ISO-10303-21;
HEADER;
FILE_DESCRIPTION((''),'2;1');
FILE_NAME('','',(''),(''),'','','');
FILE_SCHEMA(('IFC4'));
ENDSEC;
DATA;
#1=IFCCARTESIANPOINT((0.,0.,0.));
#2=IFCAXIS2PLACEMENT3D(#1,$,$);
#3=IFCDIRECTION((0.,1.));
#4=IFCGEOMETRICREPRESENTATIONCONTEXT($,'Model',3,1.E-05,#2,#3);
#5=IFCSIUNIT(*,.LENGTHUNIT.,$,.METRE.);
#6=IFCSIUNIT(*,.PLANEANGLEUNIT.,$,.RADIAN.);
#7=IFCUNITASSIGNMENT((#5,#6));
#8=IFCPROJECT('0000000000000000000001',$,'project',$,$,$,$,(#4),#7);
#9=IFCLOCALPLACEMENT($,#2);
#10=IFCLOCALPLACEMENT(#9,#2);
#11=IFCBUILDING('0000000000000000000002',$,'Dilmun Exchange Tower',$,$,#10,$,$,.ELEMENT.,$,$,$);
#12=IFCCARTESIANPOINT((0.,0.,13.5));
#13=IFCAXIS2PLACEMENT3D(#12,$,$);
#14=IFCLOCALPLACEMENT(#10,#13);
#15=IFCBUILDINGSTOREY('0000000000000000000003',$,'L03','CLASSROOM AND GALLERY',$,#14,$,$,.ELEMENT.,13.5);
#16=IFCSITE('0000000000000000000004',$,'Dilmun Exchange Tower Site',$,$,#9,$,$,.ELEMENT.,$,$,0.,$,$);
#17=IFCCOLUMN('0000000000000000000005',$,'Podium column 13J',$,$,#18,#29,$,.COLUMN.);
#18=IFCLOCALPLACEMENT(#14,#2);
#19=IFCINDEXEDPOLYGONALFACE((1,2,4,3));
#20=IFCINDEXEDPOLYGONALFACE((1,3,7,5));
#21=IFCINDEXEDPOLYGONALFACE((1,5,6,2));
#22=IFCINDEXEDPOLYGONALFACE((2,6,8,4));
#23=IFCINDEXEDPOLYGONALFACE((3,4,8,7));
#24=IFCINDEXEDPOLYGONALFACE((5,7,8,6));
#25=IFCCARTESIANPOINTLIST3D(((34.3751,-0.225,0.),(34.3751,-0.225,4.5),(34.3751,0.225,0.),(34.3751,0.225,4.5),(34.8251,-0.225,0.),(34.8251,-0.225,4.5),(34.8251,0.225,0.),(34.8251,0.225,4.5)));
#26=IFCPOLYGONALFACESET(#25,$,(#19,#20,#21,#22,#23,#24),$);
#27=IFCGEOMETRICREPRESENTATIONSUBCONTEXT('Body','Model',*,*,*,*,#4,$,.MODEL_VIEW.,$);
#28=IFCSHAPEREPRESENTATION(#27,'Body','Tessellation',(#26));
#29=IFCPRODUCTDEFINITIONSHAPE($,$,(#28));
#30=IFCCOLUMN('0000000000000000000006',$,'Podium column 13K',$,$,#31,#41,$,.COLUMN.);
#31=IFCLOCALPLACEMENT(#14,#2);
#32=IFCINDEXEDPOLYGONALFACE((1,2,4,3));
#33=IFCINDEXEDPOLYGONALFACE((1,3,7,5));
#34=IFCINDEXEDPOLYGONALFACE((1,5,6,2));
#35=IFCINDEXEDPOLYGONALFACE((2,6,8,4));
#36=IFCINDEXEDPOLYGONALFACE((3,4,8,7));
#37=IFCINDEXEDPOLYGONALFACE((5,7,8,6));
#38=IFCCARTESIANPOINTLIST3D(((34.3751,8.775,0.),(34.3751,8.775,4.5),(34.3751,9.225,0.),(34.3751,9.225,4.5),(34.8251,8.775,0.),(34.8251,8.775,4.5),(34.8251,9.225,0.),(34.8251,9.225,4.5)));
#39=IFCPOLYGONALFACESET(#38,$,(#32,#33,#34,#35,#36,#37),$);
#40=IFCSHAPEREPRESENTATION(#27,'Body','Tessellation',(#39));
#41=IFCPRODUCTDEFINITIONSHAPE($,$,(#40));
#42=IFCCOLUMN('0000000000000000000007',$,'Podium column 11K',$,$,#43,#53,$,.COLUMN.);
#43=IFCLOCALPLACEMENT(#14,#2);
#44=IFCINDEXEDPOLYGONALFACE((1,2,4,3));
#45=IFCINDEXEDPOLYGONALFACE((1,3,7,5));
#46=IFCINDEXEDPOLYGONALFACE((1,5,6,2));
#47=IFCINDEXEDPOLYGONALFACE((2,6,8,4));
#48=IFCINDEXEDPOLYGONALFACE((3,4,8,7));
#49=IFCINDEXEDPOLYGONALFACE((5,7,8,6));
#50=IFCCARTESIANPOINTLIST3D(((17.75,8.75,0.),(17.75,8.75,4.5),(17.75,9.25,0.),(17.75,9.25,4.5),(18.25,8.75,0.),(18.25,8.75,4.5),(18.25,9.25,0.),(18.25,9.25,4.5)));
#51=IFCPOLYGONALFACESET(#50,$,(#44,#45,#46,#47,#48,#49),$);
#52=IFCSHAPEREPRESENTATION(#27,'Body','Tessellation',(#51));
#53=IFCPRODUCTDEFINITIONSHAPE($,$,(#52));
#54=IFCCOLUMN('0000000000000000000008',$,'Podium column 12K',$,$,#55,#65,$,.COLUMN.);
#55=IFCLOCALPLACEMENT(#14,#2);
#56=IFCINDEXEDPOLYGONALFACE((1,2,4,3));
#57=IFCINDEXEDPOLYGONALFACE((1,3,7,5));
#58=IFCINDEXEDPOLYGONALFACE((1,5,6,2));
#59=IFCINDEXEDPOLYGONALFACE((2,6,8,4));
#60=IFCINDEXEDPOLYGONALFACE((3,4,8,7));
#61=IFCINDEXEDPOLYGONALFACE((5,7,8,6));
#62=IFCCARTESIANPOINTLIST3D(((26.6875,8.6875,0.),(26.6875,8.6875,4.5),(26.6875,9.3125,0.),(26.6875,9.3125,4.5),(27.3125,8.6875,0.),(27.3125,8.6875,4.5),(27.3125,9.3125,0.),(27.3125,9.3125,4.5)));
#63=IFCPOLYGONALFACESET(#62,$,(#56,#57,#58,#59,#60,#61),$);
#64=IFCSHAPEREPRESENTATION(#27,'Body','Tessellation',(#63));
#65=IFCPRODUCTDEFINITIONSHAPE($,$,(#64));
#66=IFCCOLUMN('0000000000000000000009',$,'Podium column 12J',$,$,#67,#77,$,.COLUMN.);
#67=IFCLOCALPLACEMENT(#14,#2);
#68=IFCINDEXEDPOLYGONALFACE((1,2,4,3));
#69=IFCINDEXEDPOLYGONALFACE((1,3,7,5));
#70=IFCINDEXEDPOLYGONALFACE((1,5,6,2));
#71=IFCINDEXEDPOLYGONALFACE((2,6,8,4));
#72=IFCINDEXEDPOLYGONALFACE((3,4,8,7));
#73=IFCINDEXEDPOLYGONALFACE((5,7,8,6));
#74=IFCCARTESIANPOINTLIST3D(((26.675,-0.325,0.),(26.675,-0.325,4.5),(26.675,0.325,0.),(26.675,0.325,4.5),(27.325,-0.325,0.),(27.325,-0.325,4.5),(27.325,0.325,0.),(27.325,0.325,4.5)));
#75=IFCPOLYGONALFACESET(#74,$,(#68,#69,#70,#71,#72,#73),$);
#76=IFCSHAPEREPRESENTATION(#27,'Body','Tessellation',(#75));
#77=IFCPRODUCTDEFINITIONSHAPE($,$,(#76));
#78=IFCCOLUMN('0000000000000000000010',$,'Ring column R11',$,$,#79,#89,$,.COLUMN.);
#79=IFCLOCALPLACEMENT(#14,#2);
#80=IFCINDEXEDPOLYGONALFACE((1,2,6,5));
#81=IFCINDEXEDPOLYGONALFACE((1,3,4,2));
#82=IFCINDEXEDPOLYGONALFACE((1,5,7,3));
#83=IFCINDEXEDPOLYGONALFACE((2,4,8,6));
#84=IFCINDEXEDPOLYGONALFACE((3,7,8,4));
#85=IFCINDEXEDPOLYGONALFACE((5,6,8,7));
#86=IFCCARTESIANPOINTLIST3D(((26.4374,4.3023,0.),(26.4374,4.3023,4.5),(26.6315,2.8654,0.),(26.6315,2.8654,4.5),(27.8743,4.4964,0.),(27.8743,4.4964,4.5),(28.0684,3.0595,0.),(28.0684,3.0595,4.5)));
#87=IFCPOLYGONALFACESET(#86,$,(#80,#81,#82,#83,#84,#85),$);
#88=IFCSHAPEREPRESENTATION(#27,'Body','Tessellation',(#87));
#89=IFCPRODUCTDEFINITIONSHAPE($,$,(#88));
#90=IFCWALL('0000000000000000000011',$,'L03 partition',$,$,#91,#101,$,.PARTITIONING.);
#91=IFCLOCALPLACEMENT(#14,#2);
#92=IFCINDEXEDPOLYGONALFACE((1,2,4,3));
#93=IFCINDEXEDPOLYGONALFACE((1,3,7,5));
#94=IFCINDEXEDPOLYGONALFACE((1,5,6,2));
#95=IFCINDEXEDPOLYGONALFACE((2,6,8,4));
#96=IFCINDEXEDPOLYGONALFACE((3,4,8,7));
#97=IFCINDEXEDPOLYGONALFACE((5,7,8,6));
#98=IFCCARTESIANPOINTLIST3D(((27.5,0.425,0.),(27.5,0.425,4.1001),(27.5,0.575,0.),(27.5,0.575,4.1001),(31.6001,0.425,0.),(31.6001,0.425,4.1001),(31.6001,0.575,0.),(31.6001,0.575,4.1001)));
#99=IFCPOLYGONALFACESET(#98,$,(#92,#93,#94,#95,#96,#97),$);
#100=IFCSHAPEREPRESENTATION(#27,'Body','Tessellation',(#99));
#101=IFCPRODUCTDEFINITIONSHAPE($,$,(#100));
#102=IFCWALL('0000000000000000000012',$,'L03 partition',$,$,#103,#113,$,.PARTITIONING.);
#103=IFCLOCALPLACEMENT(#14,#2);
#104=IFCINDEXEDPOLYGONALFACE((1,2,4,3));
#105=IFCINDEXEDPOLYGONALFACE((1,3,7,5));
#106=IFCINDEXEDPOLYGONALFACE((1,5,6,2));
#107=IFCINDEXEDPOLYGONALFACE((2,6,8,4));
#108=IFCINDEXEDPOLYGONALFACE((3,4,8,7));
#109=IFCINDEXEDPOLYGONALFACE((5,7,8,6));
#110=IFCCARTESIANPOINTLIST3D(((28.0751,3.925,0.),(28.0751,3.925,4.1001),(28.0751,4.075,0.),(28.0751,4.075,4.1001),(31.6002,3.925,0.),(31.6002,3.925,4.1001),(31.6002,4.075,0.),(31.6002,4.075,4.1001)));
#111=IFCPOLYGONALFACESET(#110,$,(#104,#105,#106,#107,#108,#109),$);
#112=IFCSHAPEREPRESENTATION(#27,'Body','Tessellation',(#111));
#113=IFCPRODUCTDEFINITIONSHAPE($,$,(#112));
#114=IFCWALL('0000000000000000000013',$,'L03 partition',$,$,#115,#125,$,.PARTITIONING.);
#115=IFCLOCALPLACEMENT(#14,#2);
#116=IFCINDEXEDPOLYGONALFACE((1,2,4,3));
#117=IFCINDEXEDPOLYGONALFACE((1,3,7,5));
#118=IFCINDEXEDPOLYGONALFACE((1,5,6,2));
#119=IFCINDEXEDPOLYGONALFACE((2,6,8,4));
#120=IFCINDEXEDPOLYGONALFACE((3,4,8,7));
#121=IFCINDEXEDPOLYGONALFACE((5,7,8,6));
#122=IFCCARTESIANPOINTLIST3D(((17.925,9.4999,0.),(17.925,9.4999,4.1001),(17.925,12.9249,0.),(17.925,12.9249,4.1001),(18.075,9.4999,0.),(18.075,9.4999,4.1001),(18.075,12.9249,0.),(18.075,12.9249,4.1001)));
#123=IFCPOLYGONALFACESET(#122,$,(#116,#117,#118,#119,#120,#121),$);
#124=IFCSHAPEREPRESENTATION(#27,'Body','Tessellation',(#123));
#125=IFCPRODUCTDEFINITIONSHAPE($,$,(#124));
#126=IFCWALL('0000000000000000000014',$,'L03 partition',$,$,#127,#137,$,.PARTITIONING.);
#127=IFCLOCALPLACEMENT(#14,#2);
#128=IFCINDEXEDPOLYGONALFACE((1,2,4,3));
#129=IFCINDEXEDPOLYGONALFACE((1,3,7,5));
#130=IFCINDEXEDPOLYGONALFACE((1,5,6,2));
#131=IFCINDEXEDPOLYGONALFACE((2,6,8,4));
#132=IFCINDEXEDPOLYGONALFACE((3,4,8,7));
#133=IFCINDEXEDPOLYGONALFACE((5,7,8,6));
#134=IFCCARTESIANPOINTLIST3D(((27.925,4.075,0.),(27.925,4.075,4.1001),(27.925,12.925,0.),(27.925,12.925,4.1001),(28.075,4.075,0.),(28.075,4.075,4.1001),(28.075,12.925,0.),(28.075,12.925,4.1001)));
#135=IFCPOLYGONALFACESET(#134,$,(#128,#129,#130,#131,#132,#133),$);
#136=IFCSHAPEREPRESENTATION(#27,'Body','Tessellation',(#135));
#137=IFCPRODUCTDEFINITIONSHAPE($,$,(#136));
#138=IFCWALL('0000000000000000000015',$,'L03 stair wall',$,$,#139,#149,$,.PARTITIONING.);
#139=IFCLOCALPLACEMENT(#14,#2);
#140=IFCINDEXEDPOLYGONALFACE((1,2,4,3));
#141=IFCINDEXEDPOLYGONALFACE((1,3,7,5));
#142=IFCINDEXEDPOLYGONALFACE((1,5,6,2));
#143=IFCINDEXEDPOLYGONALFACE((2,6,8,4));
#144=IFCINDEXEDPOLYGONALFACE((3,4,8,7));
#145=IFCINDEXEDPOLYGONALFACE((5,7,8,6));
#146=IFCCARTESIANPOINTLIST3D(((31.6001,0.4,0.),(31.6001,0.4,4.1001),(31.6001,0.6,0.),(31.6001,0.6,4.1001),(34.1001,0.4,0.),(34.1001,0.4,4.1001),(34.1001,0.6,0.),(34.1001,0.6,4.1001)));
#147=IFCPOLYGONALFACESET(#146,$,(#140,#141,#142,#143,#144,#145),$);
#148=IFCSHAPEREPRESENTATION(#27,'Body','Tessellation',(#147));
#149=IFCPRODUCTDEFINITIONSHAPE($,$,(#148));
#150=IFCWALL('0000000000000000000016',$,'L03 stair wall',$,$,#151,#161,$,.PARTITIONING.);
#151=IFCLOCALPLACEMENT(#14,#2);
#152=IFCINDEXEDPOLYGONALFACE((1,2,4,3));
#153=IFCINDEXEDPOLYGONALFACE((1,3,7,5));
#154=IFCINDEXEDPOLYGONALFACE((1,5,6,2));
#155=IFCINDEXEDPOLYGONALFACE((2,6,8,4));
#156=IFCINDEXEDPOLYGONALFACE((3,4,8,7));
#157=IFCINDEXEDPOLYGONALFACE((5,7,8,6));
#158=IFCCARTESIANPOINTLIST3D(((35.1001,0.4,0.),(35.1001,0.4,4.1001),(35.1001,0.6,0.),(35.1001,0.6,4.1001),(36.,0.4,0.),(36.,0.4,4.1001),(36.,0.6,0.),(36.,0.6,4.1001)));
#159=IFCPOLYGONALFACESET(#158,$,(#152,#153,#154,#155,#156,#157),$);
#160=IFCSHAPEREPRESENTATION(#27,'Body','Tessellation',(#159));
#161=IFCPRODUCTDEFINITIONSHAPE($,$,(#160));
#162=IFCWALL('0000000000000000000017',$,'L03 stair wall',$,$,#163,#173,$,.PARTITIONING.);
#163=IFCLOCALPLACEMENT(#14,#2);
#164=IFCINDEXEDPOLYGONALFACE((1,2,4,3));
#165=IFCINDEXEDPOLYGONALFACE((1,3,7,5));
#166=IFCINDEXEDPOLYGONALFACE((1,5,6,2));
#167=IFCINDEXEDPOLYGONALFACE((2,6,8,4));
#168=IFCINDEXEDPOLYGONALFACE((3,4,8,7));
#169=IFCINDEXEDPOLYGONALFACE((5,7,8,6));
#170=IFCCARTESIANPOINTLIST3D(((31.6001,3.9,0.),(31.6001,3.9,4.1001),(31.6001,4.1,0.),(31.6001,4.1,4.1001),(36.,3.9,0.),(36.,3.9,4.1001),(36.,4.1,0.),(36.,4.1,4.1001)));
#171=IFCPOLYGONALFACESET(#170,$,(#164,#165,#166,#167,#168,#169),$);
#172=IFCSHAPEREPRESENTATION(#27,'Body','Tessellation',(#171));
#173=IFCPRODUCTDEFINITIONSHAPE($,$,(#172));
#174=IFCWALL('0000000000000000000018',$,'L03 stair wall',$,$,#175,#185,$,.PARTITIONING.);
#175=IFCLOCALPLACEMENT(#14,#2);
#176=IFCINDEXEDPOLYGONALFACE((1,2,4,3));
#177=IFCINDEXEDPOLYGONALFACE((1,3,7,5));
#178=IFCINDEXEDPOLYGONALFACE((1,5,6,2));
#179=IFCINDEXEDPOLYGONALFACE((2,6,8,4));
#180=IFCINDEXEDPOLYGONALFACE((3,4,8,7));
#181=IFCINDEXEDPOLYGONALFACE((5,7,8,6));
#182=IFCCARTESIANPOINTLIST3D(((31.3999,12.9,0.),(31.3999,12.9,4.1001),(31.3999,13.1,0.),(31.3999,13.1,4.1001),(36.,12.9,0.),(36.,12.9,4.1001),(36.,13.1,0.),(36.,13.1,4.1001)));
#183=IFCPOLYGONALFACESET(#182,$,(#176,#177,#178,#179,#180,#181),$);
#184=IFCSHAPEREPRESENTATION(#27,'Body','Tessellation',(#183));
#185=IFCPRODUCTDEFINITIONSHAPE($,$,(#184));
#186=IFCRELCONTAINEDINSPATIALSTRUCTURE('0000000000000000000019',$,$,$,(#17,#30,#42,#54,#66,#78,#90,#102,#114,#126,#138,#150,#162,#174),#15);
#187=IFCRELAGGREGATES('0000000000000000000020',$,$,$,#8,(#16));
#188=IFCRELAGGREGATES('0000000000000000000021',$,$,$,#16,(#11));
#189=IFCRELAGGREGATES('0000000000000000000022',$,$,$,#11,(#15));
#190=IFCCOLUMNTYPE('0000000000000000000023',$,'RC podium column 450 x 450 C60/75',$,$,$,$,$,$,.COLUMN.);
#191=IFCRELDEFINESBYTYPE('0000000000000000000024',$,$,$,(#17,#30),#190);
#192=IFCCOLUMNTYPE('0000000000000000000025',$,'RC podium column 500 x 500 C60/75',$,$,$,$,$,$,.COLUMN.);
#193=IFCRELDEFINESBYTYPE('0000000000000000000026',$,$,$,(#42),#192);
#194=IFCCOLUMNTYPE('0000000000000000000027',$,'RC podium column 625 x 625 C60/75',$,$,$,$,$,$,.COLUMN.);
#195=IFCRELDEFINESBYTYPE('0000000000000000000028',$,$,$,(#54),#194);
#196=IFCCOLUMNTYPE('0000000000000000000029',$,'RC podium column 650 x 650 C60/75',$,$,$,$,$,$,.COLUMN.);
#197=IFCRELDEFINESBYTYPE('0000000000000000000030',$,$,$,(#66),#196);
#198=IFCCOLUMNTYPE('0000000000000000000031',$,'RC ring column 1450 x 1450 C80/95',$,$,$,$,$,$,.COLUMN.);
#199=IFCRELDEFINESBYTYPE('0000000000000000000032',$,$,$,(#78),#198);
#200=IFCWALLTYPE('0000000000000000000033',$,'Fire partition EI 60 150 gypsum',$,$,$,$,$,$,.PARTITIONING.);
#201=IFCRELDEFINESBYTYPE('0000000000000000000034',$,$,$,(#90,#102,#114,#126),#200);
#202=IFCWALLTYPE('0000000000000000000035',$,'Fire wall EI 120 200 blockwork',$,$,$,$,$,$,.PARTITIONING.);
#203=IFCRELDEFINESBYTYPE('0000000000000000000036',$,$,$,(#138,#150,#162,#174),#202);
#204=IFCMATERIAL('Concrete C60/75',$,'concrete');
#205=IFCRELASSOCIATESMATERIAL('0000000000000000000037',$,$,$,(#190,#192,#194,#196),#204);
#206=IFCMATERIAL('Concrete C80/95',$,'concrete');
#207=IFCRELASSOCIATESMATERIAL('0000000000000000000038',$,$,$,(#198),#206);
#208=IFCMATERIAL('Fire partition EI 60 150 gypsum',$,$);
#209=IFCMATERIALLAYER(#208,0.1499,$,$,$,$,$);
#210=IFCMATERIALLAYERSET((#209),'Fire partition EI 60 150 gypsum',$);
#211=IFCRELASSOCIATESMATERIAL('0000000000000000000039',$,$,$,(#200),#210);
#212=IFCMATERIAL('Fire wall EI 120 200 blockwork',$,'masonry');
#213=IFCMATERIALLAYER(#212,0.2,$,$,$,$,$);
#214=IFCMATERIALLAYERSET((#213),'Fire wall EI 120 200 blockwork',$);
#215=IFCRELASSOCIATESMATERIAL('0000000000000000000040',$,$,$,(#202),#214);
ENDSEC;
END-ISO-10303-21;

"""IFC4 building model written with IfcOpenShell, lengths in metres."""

from ifc_helpers import new_model, si_unit, direction, frame, frame_2d, origin, origin_2d, place, context, subcontext, project, spatial, rectangle, extrude, material, layer, layer_set, material_profile, profile_set, type_object, element, save


model = new_model("IFC4")

# Units and contexts
model_context = context("Model", 3, precision=1e-05, world=origin(), true_north=direction((0.0, 1.0)))
body_context = subcontext(model_context, "Body", "Model", "MODEL_VIEW")
ifc_project = project(units=[si_unit("LENGTHUNIT", "METRE"), si_unit("PLANEANGLEUNIT", "RADIAN")], contexts=[model_context])

# Site, building, storey
site_placement = place(None, origin())
site = spatial("IfcSite", under=ifc_project, at=site_placement, Name="Dilmun Exchange Tower Site", CompositionType="ELEMENT", RefElevation=0.0)
building_placement = place(site_placement, origin())
building = spatial("IfcBuilding", under=site, at=building_placement, Name="Dilmun Exchange Tower", CompositionType="ELEMENT")
storey_placement = place(building_placement, frame((0.0, 0.0, 13.5)))
storey = spatial("IfcBuildingStorey", under=building, at=storey_placement, Name="L03", Description="CLASSROOM AND GALLERY", CompositionType="ELEMENT", Elevation=13.5)

# Columns
ifc_material_1 = material(Name="Concrete C60/75", Category="concrete")
ifc_material_profile_1 = material_profile(ifc_material_1, rectangle(XDim=0.45, YDim=0.45, at=origin_2d()), Name="450 x 450")
ifc_profile_set_1 = profile_set([ifc_material_profile_1], Name="Concrete C60/75")
column_type_1 = type_object("IfcColumnType", Name="RC podium column 450 x 450 C60/75", PredefinedType="COLUMN", material=ifc_profile_set_1)
for number, where, z_axis, x_axis, name in (
    (1, (34.6001, 0.0, 0.0), (0.0, 0.0, 1.0), (1.0, 0.0, 0.0), "Podium column 13J"),
    (2, (34.6001, 9.0, 0.0), (0.0, 0.0, 1.0), (1.0, 0.0, 0.0), "Podium column 13K"),
):
    element("IfcColumn", number, at=place(storey_placement, frame(where, z_axis=z_axis, x_axis=x_axis)), inside=storey, type_object=column_type_1, Name=name, PredefinedType="COLUMN", context=body_context, shape_type="SweptSolid", body=[
        extrude(rectangle(XDim=0.45, YDim=0.45, at=origin_2d()), origin(), (0.0, 0.0, 1.0), 4.5),
    ])
ifc_material_profile_2 = material_profile(ifc_material_1, rectangle(XDim=0.5, YDim=0.5, at=origin_2d()), Name="500 x 500")
ifc_profile_set_2 = profile_set([ifc_material_profile_2], Name="Concrete C60/75")
column_type_2 = type_object("IfcColumnType", Name="RC podium column 500 x 500 C60/75", PredefinedType="COLUMN", material=ifc_profile_set_2)
column_1_placement = place(storey_placement, frame((18.0, 9.0, 0.0), z_axis=(0.0, 0.0, 1.0), x_axis=(1.0, 0.0, 0.0)))
element("IfcColumn", 3, at=column_1_placement, inside=storey, type_object=column_type_2, Name="Podium column 11K", PredefinedType="COLUMN", context=body_context, shape_type="SweptSolid", body=[
    extrude(rectangle(XDim=0.5, YDim=0.5, at=origin_2d()), origin(), (0.0, 0.0, 1.0), 4.5),
])
ifc_material_profile_3 = material_profile(ifc_material_1, rectangle(XDim=0.625, YDim=0.625, at=origin_2d()), Name="625 x 625")
ifc_profile_set_3 = profile_set([ifc_material_profile_3], Name="Concrete C60/75")
column_type_3 = type_object("IfcColumnType", Name="RC podium column 625 x 625 C60/75", PredefinedType="COLUMN", material=ifc_profile_set_3)
column_2_placement = place(storey_placement, frame((27.0, 9.0, 0.0), z_axis=(0.0, 0.0, 1.0), x_axis=(1.0, 0.0, 0.0)))
element("IfcColumn", 4, at=column_2_placement, inside=storey, type_object=column_type_3, Name="Podium column 12K", PredefinedType="COLUMN", context=body_context, shape_type="SweptSolid", body=[
    extrude(rectangle(XDim=0.625, YDim=0.625, at=origin_2d()), origin(), (0.0, 0.0, 1.0), 4.5),
])
ifc_material_profile_4 = material_profile(ifc_material_1, rectangle(XDim=0.6499, YDim=0.6499, at=origin_2d()), Name="650 x 650")
ifc_profile_set_4 = profile_set([ifc_material_profile_4], Name="Concrete C60/75")
column_type_4 = type_object("IfcColumnType", Name="RC podium column 650 x 650 C60/75", PredefinedType="COLUMN", material=ifc_profile_set_4)
column_3_placement = place(storey_placement, frame((27.0, 0.0, 0.0), z_axis=(0.0, 0.0, 1.0), x_axis=(1.0, 0.0, 0.0)))
element("IfcColumn", 5, at=column_3_placement, inside=storey, type_object=column_type_4, Name="Podium column 12J", PredefinedType="COLUMN", context=body_context, shape_type="SweptSolid", body=[
    extrude(rectangle(XDim=0.6499, YDim=0.6499, at=origin_2d()), origin(), (0.0, 0.0, 1.0), 4.5),
])
ifc_material_2 = material(Name="Concrete C80/95", Category="concrete")
ifc_material_profile_5 = material_profile(ifc_material_2, rectangle(XDim=1.45, YDim=1.45, at=origin_2d()), Name="1450 x 1450")
ifc_profile_set_5 = profile_set([ifc_material_profile_5], Name="Concrete C80/95")
column_type_5 = type_object("IfcColumnType", Name="RC ring column 1450 x 1450 C80/95", PredefinedType="COLUMN", material=ifc_profile_set_5)
column_4_placement = place(storey_placement, frame((27.2529, 3.6809, 0.0), z_axis=(0.0, 0.0, 1.0), x_axis=(0.991001, 0.133853, 0.0)))
element("IfcColumn", 6, at=column_4_placement, inside=storey, type_object=column_type_5, Name="Ring column R11", PredefinedType="COLUMN", context=body_context, shape_type="SweptSolid", body=[
    extrude(rectangle(XDim=1.45, YDim=1.45, at=origin_2d()), origin(), (0.0, 0.0, 1.0), 4.5),
])

# Walls
ifc_material_3 = material(Name="Fire partition EI 60 150 gypsum")
ifc_layer_1 = layer(ifc_material_3, 0.1499)
ifc_layer_set_1 = layer_set([ifc_layer_1], Name="Fire partition EI 60 150 gypsum")
wall_type_1 = type_object("IfcWallType", Name="Fire partition EI 60 150 gypsum", PredefinedType="PARTITIONING", material=ifc_layer_set_1)
wall_1_placement = place(storey_placement, frame((27.5, 0.5, 0.0), z_axis=(0.0, 0.0, 1.0), x_axis=(1.0, 0.0, 0.0)))
element("IfcWall", 7, at=wall_1_placement, inside=storey, type_object=wall_type_1, Name="L03 partition", PredefinedType="PARTITIONING", context=body_context, shape_type="SweptSolid", body=[
    extrude(rectangle(XDim=4.1001, YDim=0.1499, at=frame_2d((2.05, 0.0))), origin(), (0.0, 0.0, 1.0), 4.1001),
])
wall_2_placement = place(storey_placement, frame((28.075, 4.0, 0.0), z_axis=(0.0, 0.0, 1.0), x_axis=(1.0, 0.0, 0.0)))
element("IfcWall", 8, at=wall_2_placement, inside=storey, type_object=wall_type_1, Name="L03 partition", PredefinedType="PARTITIONING", context=body_context, shape_type="SweptSolid", body=[
    extrude(rectangle(XDim=3.5251, YDim=0.1499, at=frame_2d((1.7627, 0.0))), origin(), (0.0, 0.0, 1.0), 4.1001),
])
wall_3_placement = place(storey_placement, frame((18.0, 9.5, 0.0), z_axis=(0.0, 0.0, 1.0), x_axis=(0.0, 1.0, 0.0)))
element("IfcWall", 9, at=wall_3_placement, inside=storey, type_object=wall_type_1, Name="L03 partition", PredefinedType="PARTITIONING", context=body_context, shape_type="SweptSolid", body=[
    extrude(rectangle(XDim=3.425, YDim=0.1499, at=frame_2d((1.7124, 0.0))), origin(), (0.0, 0.0, 1.0), 4.1001),
])
wall_4_placement = place(storey_placement, frame((28.0, 4.075, 0.0), z_axis=(0.0, 0.0, 1.0), x_axis=(0.0, 1.0, 0.0)))
element("IfcWall", 10, at=wall_4_placement, inside=storey, type_object=wall_type_1, Name="L03 partition", PredefinedType="PARTITIONING", context=body_context, shape_type="SweptSolid", body=[
    extrude(rectangle(XDim=8.8501, YDim=0.1499, at=frame_2d((4.425, 0.0))), origin(), (0.0, 0.0, 1.0), 4.1001),
])
ifc_material_4 = material(Name="Fire wall EI 120 200 blockwork", Category="masonry")
ifc_layer_2 = layer(ifc_material_4, 0.2)
ifc_layer_set_2 = layer_set([ifc_layer_2], Name="Fire wall EI 120 200 blockwork")
wall_type_2 = type_object("IfcWallType", Name="Fire wall EI 120 200 blockwork", PredefinedType="PARTITIONING", material=ifc_layer_set_2)
wall_5_placement = place(storey_placement, frame((31.6001, 0.5, 0.0), z_axis=(0.0, 0.0, 1.0), x_axis=(1.0, 0.0, 0.0)))
element("IfcWall", 11, at=wall_5_placement, inside=storey, type_object=wall_type_2, Name="L03 stair wall", PredefinedType="PARTITIONING", context=body_context, shape_type="SweptSolid", body=[
    extrude(rectangle(XDim=2.5, YDim=0.2, at=frame_2d((1.25, 0.0))), origin(), (0.0, 0.0, 1.0), 4.1001),
])
wall_6_placement = place(storey_placement, frame((35.1001, 0.5, 0.0), z_axis=(0.0, 0.0, 1.0), x_axis=(1.0, 0.0, 0.0)))
element("IfcWall", 12, at=wall_6_placement, inside=storey, type_object=wall_type_2, Name="L03 stair wall", PredefinedType="PARTITIONING", context=body_context, shape_type="SweptSolid", body=[
    extrude(rectangle(XDim=0.8999, YDim=0.2, at=frame_2d((0.45, 0.0))), origin(), (0.0, 0.0, 1.0), 4.1001),
])
wall_7_placement = place(storey_placement, frame((31.6001, 4.0, 0.0), z_axis=(0.0, 0.0, 1.0), x_axis=(1.0, 0.0, 0.0)))
element("IfcWall", 13, at=wall_7_placement, inside=storey, type_object=wall_type_2, Name="L03 stair wall", PredefinedType="PARTITIONING", context=body_context, shape_type="SweptSolid", body=[
    extrude(rectangle(XDim=4.3999, YDim=0.2, at=frame_2d((2.2, 0.0))), origin(), (0.0, 0.0, 1.0), 4.1001),
])
wall_8_placement = place(storey_placement, frame((31.3999, 13.0, 0.0), z_axis=(0.0, 0.0, 1.0), x_axis=(1.0, 0.0, 0.0)))
element("IfcWall", 14, at=wall_8_placement, inside=storey, type_object=wall_type_2, Name="L03 stair wall", PredefinedType="PARTITIONING", context=body_context, shape_type="SweptSolid", body=[
    extrude(rectangle(XDim=4.6001, YDim=0.2, at=frame_2d((2.3, 0.0))), origin(), (0.0, 0.0, 1.0), 4.1001),
])

save(model, "model.ifc")
